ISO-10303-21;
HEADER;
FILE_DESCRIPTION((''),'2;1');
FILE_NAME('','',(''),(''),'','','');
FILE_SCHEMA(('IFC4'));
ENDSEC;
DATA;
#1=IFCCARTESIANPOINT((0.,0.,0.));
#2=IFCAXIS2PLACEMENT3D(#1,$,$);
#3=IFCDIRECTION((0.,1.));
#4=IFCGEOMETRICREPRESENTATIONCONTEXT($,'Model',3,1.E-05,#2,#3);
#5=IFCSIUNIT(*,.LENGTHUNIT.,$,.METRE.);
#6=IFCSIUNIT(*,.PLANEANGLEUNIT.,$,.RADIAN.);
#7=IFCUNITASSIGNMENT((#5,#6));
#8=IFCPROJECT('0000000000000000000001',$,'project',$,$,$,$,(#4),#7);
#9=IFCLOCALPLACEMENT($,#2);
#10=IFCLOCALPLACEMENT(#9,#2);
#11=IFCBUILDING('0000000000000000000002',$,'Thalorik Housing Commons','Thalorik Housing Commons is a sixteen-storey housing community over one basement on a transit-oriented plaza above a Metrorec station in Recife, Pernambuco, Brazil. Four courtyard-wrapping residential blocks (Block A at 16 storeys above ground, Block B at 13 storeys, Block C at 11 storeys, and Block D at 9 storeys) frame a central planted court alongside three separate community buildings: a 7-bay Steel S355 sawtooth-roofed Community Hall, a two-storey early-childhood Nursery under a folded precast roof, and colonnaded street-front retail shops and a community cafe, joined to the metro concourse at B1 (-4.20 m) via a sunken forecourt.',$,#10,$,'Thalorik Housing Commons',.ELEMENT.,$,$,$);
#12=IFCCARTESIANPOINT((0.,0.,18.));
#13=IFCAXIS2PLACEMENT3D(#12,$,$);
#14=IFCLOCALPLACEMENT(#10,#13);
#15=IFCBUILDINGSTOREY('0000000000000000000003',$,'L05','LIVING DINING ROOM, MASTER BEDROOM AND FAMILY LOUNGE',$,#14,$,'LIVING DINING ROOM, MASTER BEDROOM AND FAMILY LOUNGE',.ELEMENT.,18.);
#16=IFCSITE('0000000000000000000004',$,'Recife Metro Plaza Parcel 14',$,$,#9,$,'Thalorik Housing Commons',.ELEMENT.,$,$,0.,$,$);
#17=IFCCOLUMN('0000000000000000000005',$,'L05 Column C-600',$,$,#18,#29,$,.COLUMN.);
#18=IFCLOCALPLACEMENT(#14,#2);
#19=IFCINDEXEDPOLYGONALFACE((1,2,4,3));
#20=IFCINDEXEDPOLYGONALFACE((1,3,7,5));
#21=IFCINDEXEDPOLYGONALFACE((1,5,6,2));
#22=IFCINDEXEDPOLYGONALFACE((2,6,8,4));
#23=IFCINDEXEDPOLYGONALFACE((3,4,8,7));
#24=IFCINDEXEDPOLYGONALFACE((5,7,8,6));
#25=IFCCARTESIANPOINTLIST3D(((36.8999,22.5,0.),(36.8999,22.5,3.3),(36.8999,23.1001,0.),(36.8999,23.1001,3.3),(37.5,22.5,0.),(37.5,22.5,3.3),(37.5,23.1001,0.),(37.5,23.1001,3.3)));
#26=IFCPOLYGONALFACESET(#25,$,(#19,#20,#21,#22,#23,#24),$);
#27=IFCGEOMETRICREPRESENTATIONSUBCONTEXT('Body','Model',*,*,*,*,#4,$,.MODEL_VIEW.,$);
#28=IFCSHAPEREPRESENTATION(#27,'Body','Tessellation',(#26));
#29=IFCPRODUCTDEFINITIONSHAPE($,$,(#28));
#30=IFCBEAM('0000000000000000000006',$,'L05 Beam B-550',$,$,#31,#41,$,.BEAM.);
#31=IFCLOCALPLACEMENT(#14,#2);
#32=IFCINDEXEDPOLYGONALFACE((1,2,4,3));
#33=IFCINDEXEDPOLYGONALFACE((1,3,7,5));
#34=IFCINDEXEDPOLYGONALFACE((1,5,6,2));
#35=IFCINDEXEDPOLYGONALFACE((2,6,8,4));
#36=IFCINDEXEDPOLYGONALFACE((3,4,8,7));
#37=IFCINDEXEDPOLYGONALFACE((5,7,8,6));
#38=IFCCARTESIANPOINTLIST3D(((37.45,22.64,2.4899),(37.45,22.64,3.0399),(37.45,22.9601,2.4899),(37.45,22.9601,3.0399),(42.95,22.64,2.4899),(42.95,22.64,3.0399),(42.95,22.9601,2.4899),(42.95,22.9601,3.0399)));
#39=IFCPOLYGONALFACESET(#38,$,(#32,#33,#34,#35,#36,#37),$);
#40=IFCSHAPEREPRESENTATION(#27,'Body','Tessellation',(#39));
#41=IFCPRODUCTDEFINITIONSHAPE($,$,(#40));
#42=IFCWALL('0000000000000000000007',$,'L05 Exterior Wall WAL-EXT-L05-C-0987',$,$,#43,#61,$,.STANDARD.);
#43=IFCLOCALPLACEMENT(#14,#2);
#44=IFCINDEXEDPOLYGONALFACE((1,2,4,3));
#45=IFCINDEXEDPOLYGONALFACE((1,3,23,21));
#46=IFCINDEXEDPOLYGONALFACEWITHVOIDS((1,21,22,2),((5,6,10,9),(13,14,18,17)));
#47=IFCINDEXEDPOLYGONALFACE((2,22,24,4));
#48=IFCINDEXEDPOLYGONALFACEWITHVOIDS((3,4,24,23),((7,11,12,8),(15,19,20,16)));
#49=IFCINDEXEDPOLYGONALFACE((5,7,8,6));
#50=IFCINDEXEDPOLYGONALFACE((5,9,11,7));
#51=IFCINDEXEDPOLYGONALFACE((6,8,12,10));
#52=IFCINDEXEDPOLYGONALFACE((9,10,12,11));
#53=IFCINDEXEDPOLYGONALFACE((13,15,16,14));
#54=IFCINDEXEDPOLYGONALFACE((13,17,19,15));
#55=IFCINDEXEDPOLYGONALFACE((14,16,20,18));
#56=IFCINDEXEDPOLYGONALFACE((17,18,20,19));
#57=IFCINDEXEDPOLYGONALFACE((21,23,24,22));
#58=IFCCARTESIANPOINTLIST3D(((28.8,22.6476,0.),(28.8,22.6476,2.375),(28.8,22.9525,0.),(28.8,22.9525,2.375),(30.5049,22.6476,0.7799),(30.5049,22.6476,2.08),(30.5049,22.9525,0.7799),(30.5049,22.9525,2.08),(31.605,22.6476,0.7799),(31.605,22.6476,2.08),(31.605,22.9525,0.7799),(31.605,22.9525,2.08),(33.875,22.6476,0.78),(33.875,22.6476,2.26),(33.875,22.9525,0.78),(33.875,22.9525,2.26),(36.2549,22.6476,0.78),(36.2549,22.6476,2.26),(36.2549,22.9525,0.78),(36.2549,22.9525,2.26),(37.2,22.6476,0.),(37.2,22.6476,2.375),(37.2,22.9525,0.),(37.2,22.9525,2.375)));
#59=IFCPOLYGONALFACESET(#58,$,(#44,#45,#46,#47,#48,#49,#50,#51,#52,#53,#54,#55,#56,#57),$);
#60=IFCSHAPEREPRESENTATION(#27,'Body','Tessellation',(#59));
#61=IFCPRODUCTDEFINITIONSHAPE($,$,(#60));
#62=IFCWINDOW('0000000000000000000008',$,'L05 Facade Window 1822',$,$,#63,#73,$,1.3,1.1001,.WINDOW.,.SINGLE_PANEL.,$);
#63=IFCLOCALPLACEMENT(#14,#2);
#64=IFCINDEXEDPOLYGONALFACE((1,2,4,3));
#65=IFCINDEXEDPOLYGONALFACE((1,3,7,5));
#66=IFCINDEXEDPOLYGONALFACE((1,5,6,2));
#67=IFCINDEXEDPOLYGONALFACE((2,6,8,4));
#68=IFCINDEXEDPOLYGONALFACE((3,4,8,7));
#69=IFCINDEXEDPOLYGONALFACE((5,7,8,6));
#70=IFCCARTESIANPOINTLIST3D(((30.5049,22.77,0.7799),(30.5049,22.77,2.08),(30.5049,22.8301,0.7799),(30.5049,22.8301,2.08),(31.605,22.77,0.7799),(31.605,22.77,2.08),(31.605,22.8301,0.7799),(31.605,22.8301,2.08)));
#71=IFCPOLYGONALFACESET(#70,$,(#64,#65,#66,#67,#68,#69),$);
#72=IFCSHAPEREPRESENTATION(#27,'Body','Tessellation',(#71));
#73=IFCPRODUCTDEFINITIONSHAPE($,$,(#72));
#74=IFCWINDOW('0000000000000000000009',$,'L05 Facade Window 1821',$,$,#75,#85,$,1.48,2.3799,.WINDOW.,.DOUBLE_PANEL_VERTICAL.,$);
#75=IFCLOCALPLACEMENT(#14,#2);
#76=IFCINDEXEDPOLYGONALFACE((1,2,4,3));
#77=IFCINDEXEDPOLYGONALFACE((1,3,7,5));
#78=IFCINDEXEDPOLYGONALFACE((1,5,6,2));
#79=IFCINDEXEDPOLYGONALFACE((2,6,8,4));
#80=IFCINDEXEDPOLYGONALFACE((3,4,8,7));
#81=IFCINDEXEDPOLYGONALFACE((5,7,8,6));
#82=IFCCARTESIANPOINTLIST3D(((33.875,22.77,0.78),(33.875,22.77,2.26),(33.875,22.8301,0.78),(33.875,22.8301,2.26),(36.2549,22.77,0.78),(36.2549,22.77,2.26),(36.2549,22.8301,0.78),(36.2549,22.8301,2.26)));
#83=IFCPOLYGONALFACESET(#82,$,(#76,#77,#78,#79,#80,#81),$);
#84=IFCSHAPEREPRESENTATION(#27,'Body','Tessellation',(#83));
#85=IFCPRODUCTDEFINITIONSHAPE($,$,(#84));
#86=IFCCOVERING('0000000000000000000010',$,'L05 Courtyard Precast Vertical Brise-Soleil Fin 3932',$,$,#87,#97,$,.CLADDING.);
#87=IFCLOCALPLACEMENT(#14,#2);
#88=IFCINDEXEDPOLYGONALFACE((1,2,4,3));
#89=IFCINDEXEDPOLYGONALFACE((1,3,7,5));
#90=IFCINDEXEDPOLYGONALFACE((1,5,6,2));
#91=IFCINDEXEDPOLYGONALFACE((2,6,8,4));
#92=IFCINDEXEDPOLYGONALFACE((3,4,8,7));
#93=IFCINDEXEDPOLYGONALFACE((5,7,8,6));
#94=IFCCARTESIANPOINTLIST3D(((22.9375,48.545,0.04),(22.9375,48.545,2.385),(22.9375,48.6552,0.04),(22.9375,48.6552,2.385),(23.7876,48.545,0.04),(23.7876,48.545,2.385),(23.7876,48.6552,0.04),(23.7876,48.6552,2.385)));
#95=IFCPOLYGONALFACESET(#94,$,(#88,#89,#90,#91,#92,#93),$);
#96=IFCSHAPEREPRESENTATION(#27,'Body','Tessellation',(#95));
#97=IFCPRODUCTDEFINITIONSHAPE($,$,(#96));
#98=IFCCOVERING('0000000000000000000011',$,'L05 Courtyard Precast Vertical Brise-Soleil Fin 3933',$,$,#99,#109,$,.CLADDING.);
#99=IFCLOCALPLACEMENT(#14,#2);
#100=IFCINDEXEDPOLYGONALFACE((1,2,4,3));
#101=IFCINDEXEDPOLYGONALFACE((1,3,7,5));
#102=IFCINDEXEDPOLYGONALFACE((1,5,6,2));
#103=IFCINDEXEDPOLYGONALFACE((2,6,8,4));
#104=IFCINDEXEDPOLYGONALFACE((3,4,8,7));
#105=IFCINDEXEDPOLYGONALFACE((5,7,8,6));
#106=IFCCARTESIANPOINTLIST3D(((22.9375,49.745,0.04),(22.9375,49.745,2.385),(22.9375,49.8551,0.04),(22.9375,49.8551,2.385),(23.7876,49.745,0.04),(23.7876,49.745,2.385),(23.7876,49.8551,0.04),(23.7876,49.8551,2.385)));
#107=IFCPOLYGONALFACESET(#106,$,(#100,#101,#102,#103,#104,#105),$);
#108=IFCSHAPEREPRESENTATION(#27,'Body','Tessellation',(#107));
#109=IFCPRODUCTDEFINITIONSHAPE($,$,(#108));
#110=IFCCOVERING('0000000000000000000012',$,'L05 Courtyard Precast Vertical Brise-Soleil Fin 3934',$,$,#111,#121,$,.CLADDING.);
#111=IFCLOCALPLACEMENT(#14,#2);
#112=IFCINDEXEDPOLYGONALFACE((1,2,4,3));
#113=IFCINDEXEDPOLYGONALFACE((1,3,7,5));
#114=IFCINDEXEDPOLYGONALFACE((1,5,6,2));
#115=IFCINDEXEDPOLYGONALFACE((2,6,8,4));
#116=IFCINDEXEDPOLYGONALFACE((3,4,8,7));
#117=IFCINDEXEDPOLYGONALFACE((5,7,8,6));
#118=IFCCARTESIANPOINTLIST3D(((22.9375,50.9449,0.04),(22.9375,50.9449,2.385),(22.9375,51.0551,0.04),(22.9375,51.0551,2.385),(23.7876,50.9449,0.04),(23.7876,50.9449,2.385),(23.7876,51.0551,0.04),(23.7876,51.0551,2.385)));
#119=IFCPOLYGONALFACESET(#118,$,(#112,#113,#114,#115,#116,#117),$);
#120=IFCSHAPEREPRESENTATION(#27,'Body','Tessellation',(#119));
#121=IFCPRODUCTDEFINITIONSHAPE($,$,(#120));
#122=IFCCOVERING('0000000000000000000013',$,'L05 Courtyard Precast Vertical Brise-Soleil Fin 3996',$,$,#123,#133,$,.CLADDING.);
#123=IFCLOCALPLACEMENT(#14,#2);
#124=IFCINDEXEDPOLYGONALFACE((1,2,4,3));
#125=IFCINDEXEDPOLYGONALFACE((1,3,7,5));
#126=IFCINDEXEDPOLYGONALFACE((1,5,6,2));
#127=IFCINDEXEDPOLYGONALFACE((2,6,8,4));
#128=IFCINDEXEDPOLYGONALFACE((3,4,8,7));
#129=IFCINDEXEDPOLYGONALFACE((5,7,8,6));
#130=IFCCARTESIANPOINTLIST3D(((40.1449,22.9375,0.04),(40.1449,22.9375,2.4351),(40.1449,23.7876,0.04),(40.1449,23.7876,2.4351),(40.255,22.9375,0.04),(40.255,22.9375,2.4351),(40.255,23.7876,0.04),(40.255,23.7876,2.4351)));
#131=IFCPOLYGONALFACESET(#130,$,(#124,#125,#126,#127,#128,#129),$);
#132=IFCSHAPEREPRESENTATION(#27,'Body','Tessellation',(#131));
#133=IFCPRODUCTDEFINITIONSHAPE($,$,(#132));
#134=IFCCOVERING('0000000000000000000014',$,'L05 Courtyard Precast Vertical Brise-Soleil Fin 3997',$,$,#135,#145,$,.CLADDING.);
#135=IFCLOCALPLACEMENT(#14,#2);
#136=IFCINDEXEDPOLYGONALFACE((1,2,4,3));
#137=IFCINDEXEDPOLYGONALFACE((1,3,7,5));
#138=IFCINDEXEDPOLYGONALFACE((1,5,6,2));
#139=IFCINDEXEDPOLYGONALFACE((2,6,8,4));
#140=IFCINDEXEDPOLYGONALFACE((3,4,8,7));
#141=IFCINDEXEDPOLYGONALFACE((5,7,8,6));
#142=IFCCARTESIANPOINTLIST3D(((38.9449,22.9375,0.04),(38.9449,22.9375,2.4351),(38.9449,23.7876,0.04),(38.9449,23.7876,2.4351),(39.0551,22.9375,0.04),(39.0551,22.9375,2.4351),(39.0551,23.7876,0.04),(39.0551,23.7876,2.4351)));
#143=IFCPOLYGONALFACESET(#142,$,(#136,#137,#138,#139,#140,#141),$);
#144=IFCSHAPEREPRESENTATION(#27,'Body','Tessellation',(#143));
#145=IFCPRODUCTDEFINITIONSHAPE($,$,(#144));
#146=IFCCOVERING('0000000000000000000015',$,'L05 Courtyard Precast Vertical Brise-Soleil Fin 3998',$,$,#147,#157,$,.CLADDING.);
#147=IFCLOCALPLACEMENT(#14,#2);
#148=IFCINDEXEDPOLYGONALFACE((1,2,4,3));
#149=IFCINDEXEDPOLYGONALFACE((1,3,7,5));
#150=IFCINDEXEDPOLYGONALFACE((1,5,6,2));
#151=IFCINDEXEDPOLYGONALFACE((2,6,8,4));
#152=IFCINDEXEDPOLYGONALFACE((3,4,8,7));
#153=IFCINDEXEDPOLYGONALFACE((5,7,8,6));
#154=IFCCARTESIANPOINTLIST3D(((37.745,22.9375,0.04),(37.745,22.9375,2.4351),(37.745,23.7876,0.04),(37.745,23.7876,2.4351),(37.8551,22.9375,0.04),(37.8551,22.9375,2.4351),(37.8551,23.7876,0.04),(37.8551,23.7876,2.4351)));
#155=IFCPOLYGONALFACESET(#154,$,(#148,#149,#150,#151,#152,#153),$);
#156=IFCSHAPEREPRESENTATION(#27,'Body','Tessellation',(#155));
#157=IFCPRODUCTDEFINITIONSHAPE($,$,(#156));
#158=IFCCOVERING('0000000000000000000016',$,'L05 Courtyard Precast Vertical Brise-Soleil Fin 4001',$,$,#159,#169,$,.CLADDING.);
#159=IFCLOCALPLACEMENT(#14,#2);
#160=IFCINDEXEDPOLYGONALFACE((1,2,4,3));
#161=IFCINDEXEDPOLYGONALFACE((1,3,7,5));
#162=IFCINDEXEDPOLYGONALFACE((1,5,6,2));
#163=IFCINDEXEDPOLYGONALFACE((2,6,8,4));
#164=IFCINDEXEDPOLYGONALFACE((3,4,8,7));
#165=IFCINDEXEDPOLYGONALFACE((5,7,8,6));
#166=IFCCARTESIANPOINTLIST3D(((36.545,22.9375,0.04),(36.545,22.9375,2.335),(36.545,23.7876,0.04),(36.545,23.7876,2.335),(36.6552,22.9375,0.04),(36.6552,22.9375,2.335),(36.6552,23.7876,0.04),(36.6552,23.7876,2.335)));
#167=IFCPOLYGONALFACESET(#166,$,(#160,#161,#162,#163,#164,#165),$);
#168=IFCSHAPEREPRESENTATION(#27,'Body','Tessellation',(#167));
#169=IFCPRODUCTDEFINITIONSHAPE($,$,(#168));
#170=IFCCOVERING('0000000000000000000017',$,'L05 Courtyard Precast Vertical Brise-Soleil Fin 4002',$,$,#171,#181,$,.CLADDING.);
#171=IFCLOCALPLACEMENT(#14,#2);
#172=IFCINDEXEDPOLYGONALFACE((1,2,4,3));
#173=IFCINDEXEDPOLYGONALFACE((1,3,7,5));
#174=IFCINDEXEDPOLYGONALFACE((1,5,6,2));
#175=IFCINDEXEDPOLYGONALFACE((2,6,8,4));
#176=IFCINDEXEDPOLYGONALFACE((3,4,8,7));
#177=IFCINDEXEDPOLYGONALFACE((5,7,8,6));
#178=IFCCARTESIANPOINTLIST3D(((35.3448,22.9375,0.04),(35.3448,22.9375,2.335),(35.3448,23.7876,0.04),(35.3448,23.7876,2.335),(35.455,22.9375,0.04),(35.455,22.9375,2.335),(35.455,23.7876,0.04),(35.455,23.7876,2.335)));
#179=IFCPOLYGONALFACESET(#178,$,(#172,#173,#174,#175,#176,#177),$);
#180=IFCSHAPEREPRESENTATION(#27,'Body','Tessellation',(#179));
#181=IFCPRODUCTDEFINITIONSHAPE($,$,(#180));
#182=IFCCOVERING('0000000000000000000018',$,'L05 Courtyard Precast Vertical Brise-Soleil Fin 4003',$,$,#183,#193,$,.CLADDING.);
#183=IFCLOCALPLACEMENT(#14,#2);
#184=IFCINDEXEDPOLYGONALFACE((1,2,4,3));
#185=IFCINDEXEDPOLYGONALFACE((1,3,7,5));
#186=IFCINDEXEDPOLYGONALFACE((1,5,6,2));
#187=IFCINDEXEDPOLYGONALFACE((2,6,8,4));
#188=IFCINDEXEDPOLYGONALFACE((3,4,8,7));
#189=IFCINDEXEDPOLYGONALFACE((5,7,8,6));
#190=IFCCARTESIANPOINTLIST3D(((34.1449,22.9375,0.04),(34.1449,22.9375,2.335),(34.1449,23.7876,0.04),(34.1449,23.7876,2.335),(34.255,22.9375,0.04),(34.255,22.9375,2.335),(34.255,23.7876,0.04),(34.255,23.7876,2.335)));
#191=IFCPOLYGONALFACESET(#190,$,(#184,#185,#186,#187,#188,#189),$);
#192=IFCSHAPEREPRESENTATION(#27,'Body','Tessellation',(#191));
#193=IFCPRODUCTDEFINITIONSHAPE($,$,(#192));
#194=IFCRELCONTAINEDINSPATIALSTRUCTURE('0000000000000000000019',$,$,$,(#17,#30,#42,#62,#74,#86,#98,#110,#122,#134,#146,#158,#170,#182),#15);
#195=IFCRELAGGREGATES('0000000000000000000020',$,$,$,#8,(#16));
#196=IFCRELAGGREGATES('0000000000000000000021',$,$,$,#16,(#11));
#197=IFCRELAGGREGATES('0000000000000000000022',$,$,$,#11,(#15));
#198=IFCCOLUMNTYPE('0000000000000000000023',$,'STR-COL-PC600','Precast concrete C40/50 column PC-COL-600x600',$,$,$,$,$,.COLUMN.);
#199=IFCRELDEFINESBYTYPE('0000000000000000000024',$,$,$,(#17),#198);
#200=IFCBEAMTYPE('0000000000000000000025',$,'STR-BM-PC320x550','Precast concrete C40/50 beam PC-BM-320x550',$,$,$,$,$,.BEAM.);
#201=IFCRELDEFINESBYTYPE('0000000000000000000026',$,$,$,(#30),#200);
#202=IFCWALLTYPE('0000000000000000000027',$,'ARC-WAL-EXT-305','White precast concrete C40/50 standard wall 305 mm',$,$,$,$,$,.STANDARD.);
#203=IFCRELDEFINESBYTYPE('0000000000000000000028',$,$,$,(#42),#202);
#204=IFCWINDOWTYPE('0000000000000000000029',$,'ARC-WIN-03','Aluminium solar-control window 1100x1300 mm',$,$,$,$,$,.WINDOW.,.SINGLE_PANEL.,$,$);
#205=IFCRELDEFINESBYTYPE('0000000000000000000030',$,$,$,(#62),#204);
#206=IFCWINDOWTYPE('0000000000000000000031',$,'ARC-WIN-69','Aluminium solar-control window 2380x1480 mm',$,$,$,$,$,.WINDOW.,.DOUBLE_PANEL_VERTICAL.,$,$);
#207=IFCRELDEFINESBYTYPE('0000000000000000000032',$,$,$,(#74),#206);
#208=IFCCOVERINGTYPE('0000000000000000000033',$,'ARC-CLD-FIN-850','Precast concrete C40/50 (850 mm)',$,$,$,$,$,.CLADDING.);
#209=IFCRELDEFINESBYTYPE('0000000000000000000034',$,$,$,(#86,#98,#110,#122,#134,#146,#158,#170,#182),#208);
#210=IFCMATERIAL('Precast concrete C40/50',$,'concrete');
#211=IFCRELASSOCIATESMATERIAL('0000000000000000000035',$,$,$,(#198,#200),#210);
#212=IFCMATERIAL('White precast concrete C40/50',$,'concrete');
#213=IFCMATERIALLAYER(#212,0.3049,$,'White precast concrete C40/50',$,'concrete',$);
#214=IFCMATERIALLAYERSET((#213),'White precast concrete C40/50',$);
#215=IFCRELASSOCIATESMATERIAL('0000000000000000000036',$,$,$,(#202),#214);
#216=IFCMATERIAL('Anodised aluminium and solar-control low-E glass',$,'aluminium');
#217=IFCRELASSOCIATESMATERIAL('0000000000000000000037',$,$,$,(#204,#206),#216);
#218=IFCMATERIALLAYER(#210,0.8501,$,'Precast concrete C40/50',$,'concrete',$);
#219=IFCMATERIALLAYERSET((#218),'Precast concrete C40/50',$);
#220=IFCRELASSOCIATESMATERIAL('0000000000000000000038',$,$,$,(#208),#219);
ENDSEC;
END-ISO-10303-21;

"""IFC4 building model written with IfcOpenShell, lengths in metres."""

from ifc_helpers import new_model, si_unit, direction, frame, frame_2d, origin, origin_2d, place, context, subcontext, project, spatial, rectangle, extrude, material, layer, layer_set, material_profile, profile_set, type_object, element, fill, save


model = new_model("IFC4")

# Units and contexts
model_context = context("Model", 3, precision=1e-05, world=origin(), true_north=direction((0.0, 1.0)))
body_context = subcontext(model_context, "Body", "Model", "MODEL_VIEW")
ifc_project = project(units=[si_unit("LENGTHUNIT", "METRE"), si_unit("PLANEANGLEUNIT", "RADIAN")], contexts=[model_context])

# Site, building, storey
site_placement = place(None, origin())
site = spatial("IfcSite", under=ifc_project, at=site_placement, Name="Recife Metro Plaza Parcel 14", LongName="Thalorik Housing Commons", CompositionType="ELEMENT", RefElevation=0.0)
building_placement = place(site_placement, origin())
building = spatial("IfcBuilding", under=site, at=building_placement, Name="Thalorik Housing Commons", Description="Thalorik Housing Commons is a sixteen-storey housing community over one basement on a transit-oriented plaza above a Metrorec station in Recife, Pernambuco, Brazil. Four courtyard-wrapping residential blocks (Block A at 16 storeys above ground, Block B at 13 storeys, Block C at 11 storeys, and Block D at 9 storeys) frame a central planted court alongside three separate community buildings: a 7-bay Steel S355 sawtooth-roofed Community Hall, a two-storey early-childhood Nursery under a folded precast roof, and colonnaded street-front retail shops and a community cafe, joined to the metro concourse at B1 (-4.20 m) via a sunken forecourt.", LongName="Thalorik Housing Commons", CompositionType="ELEMENT")
storey_placement = place(building_placement, frame((0.0, 0.0, 18.0)))
storey = spatial("IfcBuildingStorey", under=building, at=storey_placement, Name="L05", Description="LIVING DINING ROOM, MASTER BEDROOM AND FAMILY LOUNGE", LongName="LIVING DINING ROOM, MASTER BEDROOM AND FAMILY LOUNGE", CompositionType="ELEMENT", Elevation=18.0)

# Column
ifc_material_1 = material(Name="Precast concrete C40/50", Category="concrete")
ifc_material_profile_1 = material_profile(ifc_material_1, rectangle(XDim=0.6001, YDim=0.6001, at=origin_2d()), Name="PC 600x600", Category="concrete")
ifc_profile_set_1 = profile_set([ifc_material_profile_1], Name="Precast concrete C40/50")
column_type = type_object("IfcColumnType", Name="STR-COL-PC600", Description="Precast concrete C40/50 column PC-COL-600x600", PredefinedType="COLUMN", material=ifc_profile_set_1)
column_placement = place(storey_placement, frame((37.2, 22.8, 0.0), z_axis=(0.0, 0.0, 1.0), x_axis=(1.0, 0.0, 0.0)))
element("IfcColumn", 1, at=column_placement, inside=storey, type_object=column_type, Name="L05 Column C-600", PredefinedType="COLUMN", context=body_context, shape_type="SweptSolid", body=[
    extrude(rectangle(XDim=0.6001, YDim=0.6001, at=origin_2d()), origin(), (0.0, 0.0, 1.0), 3.3),
])

# Beam
ifc_material_profile_2 = material_profile(ifc_material_1, rectangle(XDim=0.3201, YDim=0.55, at=origin_2d()), Name="PC 320x550", Category="concrete")
ifc_profile_set_2 = profile_set([ifc_material_profile_2], Name="Precast concrete C40/50")
beam_type = type_object("IfcBeamType", Name="STR-BM-PC320x550", Description="Precast concrete C40/50 beam PC-BM-320x550", PredefinedType="BEAM", material=ifc_profile_set_2)
beam_placement = place(storey_placement, frame((37.45, 22.8, 2.7649), z_axis=(1.0, 0.0, 0.0), x_axis=(0.0, 1.0, 0.0)))
element("IfcBeam", 2, at=beam_placement, inside=storey, type_object=beam_type, Name="L05 Beam B-550", PredefinedType="BEAM", context=body_context, shape_type="SweptSolid", body=[
    extrude(rectangle(XDim=0.3201, YDim=0.55, at=origin_2d()), origin(), (0.0, 0.0, 1.0), 5.5),
])

# Wall, openings, windows
ifc_material_2 = material(Name="White precast concrete C40/50", Category="concrete")
ifc_layer_1 = layer(ifc_material_2, 0.3049, Name="White precast concrete C40/50", Category="concrete")
ifc_layer_set_1 = layer_set([ifc_layer_1], Name="White precast concrete C40/50")
wall_type = type_object("IfcWallType", Name="ARC-WAL-EXT-305", Description="White precast concrete C40/50 standard wall 305 mm", PredefinedType="STANDARD", material=ifc_layer_set_1)
wall_placement = place(storey_placement, frame((37.2, 22.8, 0.0), z_axis=(0.0, 0.0, 1.0), x_axis=(-1.0, 0.0, 0.0)))
wall = element("IfcWall", 3, at=wall_placement, inside=storey, type_object=wall_type, Name="L05 Exterior Wall WAL-EXT-L05-C-0987", PredefinedType="STANDARD", context=body_context, shape_type="SweptSolid", body=[
    extrude(rectangle(XDim=8.3999, YDim=0.3049, at=frame_2d((4.2, 0.0))), origin(), (0.0, 0.0, 1.0), 2.375),
])
opening_1_placement = place(wall_placement, frame((0.9451, 0.0, 0.78)))
opening_1 = element("IfcOpeningElement", 4, at=opening_1_placement, cuts=wall, PredefinedType="OPENING", context=body_context, shape_type="SweptSolid", body=[
    extrude(rectangle(XDim=2.3799, YDim=1.48, at=frame_2d((1.1899, 0.74))), frame((0.0, 0.1626, 0.0), z_axis=(0.0, -1.0, 0.0), x_axis=(1.0, 0.0, 0.0)), (0.0, 0.0, 1.0), 0.325),
])
opening_2_placement = place(wall_placement, frame((5.595, 0.0, 0.78)))
opening_2 = element("IfcOpeningElement", 5, at=opening_2_placement, cuts=wall, PredefinedType="OPENING", context=body_context, shape_type="SweptSolid", body=[
    extrude(rectangle(XDim=1.1001, YDim=1.3, at=frame_2d((0.55, 0.6499))), frame((0.0, 0.1626, 0.0), z_axis=(0.0, -1.0, 0.0), x_axis=(1.0, 0.0, 0.0)), (0.0, 0.0, 1.0), 0.325),
])
ifc_material_3 = material(Name="Anodised aluminium and solar-control low-E glass", Category="aluminium")
window_type_1 = type_object("IfcWindowType", Name="ARC-WIN-03", Description="Aluminium solar-control window 1100x1300 mm", PartitioningType="SINGLE_PANEL", PredefinedType="WINDOW", material=ifc_material_3)
window_1_placement = place(opening_2_placement, origin())
window_1 = element("IfcWindow", 6, at=window_1_placement, inside=storey, type_object=window_type_1, Name="L05 Facade Window 1822", OverallHeight=1.3, OverallWidth=1.1001, PartitioningType="SINGLE_PANEL", PredefinedType="WINDOW", context=body_context, shape_type="SweptSolid", body=[
    extrude(rectangle(XDim=1.1001, YDim=1.3, at=frame_2d((0.55, 0.6499))), frame((0.0, 0.03, 0.0), z_axis=(0.0, -1.0, 0.0), x_axis=(1.0, 0.0, 0.0)), (0.0, 0.0, 1.0), 0.0601),
])
fill(opening_2, window_1)
window_type_2 = type_object("IfcWindowType", Name="ARC-WIN-69", Description="Aluminium solar-control window 2380x1480 mm", PartitioningType="DOUBLE_PANEL_VERTICAL", PredefinedType="WINDOW", material=ifc_material_3)
window_2_placement = place(opening_1_placement, origin())
window_2 = element("IfcWindow", 7, at=window_2_placement, inside=storey, type_object=window_type_2, Name="L05 Facade Window 1821", OverallHeight=1.48, OverallWidth=2.3799, PartitioningType="DOUBLE_PANEL_VERTICAL", PredefinedType="WINDOW", context=body_context, shape_type="SweptSolid", body=[
    extrude(rectangle(XDim=2.3799, YDim=1.48, at=frame_2d((1.1899, 0.74))), frame((0.0, 0.03, 0.0), z_axis=(0.0, -1.0, 0.0), x_axis=(1.0, 0.0, 0.0)), (0.0, 0.0, 1.0), 0.0601),
])
fill(opening_1, window_2)

# Coverings
ifc_layer_2 = layer(ifc_material_1, 0.8501, Name="Precast concrete C40/50", Category="concrete")
ifc_layer_set_2 = layer_set([ifc_layer_2], Name="Precast concrete C40/50")
covering_type_1 = type_object("IfcCoveringType", Name="ARC-CLD-FIN-850", Description="Precast concrete C40/50 (850 mm)", PredefinedType="CLADDING", material=ifc_layer_set_2)
for number, where, z_axis, x_axis, name in (
    (8, (23.3625, 48.6001, 0.04), (0.0, 0.0, 1.0), (0.0, 1.0, 0.0), "L05 Courtyard Precast Vertical Brise-Soleil Fin 3932"),
    (9, (23.3625, 49.8, 0.04), (0.0, 0.0, 1.0), (0.0, 1.0, 0.0), "L05 Courtyard Precast Vertical Brise-Soleil Fin 3933"),
    (10, (23.3625, 51.0, 0.04), (0.0, 0.0, 1.0), (0.0, 1.0, 0.0), "L05 Courtyard Precast Vertical Brise-Soleil Fin 3934"),
):
    element("IfcCovering", number, at=place(storey_placement, frame(where, z_axis=z_axis, x_axis=x_axis)), inside=storey, type_object=covering_type_1, Name=name, PredefinedType="CLADDING", context=body_context, shape_type="SweptSolid", body=[
        extrude(rectangle(XDim=0.1101, YDim=0.8501, at=origin_2d()), origin(), (0.0, 0.0, 1.0), 2.345),
    ])
for number, where, z_axis, x_axis, name in (
    (11, (40.2, 23.3625, 0.04), (0.0, 0.0, 1.0), (-1.0, 0.0, 0.0), "L05 Courtyard Precast Vertical Brise-Soleil Fin 3996"),
    (12, (39.0, 23.3625, 0.04), (0.0, 0.0, 1.0), (-1.0, 0.0, 0.0), "L05 Courtyard Precast Vertical Brise-Soleil Fin 3997"),
    (13, (37.8, 23.3625, 0.04), (0.0, 0.0, 1.0), (-1.0, 0.0, 0.0), "L05 Courtyard Precast Vertical Brise-Soleil Fin 3998"),
):
    element("IfcCovering", number, at=place(storey_placement, frame(where, z_axis=z_axis, x_axis=x_axis)), inside=storey, type_object=covering_type_1, Name=name, PredefinedType="CLADDING", context=body_context, shape_type="SweptSolid", body=[
        extrude(rectangle(XDim=0.1101, YDim=0.8501, at=origin_2d()), origin(), (0.0, 0.0, 1.0), 2.395),
    ])
for number, where, z_axis, x_axis, name in (
    (14, (36.6001, 23.3625, 0.04), (0.0, 0.0, 1.0), (-1.0, 0.0, 0.0), "L05 Courtyard Precast Vertical Brise-Soleil Fin 4001"),
    (15, (35.3999, 23.3625, 0.04), (0.0, 0.0, 1.0), (-1.0, 0.0, 0.0), "L05 Courtyard Precast Vertical Brise-Soleil Fin 4002"),
    (16, (34.2, 23.3625, 0.04), (0.0, 0.0, 1.0), (-1.0, 0.0, 0.0), "L05 Courtyard Precast Vertical Brise-Soleil Fin 4003"),
):
    element("IfcCovering", number, at=place(storey_placement, frame(where, z_axis=z_axis, x_axis=x_axis)), inside=storey, type_object=covering_type_1, Name=name, PredefinedType="CLADDING", context=body_context, shape_type="SweptSolid", body=[
        extrude(rectangle(XDim=0.1101, YDim=0.8501, at=origin_2d()), origin(), (0.0, 0.0, 1.0), 2.2949),
    ])

save(model, "model.ifc")
